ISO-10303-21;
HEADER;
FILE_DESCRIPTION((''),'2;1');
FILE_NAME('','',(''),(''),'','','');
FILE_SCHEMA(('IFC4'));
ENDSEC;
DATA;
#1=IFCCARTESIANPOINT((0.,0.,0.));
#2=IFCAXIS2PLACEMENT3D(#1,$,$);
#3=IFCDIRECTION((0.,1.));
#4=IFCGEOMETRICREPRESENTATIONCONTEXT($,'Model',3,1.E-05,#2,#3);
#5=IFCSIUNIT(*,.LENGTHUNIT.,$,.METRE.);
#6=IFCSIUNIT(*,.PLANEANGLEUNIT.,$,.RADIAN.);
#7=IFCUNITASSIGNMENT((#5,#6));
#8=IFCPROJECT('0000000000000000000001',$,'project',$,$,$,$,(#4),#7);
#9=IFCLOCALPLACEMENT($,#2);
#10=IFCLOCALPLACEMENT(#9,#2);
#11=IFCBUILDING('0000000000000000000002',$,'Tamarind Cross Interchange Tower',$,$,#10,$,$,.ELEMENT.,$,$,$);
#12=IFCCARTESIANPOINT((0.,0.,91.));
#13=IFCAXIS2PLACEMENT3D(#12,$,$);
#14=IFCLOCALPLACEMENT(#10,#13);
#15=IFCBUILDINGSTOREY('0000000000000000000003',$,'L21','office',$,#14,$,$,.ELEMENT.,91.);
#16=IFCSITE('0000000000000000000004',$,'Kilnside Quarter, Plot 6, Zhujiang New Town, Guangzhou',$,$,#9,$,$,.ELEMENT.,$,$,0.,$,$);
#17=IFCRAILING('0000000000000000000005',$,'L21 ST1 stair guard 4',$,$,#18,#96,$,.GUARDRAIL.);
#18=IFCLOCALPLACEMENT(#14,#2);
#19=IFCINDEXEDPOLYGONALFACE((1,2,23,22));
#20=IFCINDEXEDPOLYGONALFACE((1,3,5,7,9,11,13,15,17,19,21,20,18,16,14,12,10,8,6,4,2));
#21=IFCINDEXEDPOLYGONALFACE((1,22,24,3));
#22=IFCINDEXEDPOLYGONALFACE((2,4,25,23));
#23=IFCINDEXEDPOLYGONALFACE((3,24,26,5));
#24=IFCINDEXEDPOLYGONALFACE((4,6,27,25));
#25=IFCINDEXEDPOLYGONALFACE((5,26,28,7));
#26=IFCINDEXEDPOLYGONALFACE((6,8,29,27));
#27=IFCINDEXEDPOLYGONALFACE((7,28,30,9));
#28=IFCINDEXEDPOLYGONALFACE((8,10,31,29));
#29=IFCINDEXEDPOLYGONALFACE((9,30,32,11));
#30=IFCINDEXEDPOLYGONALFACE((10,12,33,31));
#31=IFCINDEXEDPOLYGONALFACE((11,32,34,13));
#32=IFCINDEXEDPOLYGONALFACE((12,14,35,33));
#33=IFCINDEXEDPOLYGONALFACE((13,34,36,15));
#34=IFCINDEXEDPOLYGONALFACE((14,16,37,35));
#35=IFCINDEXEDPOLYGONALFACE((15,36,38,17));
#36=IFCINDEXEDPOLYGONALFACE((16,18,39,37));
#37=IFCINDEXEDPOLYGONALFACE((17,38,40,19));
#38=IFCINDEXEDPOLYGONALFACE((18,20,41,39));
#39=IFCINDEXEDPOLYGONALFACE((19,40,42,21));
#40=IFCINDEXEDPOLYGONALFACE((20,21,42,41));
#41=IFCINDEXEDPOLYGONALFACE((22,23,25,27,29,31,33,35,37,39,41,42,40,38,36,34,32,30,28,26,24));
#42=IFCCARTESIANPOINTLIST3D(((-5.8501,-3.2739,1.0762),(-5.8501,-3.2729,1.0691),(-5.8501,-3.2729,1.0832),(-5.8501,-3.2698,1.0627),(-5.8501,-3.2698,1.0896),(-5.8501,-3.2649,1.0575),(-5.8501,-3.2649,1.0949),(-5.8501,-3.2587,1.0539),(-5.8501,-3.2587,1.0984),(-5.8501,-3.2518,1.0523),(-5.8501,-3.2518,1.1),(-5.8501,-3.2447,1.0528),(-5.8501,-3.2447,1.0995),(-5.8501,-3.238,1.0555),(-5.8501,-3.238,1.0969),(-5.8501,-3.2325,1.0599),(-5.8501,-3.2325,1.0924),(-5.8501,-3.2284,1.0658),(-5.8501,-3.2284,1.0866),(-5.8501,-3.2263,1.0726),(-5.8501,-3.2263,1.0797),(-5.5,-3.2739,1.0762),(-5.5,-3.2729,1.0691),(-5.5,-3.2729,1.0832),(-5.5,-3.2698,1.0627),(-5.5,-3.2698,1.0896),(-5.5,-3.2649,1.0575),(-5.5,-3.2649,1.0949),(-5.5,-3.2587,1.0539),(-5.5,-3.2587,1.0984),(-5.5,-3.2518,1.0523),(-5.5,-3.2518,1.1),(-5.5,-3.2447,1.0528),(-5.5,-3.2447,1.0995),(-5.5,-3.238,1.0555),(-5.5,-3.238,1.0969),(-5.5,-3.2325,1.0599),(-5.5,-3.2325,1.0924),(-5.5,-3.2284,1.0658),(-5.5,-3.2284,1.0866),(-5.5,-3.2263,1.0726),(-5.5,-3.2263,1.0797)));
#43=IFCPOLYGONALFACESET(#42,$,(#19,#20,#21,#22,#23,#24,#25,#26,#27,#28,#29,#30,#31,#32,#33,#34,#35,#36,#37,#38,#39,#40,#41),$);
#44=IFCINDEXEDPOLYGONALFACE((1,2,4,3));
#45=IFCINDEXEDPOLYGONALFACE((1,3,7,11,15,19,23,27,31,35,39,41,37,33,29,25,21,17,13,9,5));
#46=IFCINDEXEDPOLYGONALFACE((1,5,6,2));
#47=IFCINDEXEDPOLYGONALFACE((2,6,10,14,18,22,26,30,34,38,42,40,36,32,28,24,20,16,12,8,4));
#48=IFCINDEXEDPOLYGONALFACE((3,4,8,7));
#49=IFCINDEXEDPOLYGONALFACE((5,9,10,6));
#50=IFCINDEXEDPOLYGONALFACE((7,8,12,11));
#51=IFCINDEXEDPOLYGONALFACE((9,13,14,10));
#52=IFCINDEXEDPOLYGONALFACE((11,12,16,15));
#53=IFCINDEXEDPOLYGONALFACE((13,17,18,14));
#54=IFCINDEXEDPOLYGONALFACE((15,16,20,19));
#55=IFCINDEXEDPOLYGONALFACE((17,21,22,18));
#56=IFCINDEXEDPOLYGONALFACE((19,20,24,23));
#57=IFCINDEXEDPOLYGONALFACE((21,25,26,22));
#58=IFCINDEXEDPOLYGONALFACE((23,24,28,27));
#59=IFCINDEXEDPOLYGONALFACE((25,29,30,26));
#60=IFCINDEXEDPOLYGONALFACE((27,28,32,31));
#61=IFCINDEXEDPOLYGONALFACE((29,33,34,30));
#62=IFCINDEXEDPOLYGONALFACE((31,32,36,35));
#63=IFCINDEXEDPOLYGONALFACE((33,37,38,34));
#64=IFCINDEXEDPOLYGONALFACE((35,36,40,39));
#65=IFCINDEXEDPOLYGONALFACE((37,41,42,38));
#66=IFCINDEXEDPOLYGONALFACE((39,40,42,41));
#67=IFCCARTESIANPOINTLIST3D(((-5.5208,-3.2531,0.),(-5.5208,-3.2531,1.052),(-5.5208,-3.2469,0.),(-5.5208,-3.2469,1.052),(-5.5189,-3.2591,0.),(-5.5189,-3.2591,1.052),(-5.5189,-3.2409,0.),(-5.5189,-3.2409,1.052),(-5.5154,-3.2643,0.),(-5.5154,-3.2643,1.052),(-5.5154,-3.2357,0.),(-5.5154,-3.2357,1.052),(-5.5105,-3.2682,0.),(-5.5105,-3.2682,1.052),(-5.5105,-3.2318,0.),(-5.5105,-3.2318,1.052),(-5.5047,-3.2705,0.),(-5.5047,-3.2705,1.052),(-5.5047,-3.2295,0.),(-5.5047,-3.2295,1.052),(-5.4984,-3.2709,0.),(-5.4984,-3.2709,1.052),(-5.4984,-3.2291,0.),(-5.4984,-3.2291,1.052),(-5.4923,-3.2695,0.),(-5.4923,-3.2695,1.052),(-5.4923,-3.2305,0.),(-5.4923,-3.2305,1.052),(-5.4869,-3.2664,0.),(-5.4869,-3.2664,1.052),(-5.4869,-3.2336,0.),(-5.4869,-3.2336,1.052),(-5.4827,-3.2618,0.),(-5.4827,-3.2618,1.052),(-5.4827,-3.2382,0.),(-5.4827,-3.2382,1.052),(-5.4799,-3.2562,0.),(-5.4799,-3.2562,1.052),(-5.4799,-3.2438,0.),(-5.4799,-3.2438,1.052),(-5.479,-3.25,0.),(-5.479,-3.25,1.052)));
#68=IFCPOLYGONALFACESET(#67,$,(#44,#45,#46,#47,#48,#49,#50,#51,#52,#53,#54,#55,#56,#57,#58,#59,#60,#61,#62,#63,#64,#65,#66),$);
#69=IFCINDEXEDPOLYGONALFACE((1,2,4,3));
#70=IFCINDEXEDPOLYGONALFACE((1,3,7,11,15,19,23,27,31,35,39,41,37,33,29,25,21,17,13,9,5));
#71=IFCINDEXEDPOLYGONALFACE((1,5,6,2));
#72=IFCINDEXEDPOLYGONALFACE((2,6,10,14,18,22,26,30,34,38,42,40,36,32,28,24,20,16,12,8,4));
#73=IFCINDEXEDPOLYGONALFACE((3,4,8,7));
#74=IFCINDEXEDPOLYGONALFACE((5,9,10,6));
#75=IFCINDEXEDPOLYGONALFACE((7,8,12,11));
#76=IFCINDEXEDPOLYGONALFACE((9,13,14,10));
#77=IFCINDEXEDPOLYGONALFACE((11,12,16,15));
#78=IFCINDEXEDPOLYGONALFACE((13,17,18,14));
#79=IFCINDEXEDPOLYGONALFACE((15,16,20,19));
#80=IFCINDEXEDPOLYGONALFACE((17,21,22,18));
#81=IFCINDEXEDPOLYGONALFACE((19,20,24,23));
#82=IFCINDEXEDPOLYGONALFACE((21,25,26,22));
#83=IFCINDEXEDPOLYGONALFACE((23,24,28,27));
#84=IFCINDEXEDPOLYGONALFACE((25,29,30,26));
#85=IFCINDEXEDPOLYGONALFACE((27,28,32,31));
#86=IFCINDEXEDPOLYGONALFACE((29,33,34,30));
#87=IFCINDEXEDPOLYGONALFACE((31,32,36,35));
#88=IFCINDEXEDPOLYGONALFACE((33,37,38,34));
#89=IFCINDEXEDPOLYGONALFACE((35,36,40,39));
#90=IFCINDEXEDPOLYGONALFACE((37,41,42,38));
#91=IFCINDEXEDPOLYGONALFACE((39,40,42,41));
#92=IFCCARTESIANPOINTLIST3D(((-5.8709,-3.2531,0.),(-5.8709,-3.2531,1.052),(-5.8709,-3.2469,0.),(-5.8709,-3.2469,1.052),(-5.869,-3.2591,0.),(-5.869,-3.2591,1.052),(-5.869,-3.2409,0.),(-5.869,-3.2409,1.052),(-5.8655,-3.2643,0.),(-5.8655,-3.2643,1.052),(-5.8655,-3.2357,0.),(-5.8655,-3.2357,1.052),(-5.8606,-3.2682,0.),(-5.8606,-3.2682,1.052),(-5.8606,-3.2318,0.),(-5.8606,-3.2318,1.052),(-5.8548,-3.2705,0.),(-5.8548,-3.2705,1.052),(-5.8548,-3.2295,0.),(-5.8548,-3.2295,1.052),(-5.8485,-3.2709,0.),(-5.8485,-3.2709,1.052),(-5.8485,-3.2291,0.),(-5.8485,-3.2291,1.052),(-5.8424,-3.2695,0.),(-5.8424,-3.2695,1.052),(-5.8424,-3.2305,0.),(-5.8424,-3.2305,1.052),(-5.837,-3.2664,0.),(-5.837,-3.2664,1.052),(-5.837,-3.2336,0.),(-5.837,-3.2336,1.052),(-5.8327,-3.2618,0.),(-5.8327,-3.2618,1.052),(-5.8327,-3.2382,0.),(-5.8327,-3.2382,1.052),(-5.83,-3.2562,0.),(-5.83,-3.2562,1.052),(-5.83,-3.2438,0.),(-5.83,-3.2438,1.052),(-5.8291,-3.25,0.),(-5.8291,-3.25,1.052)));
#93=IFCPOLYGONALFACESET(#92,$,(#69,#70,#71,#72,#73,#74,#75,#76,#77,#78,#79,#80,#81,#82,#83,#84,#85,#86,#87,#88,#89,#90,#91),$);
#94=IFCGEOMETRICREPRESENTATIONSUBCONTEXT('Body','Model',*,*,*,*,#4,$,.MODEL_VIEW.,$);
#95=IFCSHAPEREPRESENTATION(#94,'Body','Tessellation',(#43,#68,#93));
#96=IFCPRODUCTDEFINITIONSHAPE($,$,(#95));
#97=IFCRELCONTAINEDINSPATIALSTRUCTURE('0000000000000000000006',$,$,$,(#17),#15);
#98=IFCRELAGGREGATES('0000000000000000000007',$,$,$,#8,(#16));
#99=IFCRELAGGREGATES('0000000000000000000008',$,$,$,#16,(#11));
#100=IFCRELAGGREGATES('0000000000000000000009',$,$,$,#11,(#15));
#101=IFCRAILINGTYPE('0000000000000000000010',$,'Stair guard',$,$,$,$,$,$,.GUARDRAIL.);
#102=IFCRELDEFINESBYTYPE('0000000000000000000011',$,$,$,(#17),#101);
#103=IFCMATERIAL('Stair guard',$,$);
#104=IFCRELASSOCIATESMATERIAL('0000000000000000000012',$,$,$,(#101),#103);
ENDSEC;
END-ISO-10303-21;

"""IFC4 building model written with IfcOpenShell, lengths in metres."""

from ifc_helpers import new_model, si_unit, direction, frame, origin, origin_2d, place, context, subcontext, project, spatial, circle, extrude, material, type_object, element, save


model = new_model("IFC4")

# Units and contexts
model_context = context("Model", 3, precision=1e-05, world=origin(), true_north=direction((0.0, 1.0)))
body_context = subcontext(model_context, "Body", "Model", "MODEL_VIEW")
ifc_project = project(units=[si_unit("LENGTHUNIT", "METRE"), si_unit("PLANEANGLEUNIT", "RADIAN")], contexts=[model_context])

# Site, building, storey
site_placement = place(None, origin())
site = spatial("IfcSite", under=ifc_project, at=site_placement, Name="Kilnside Quarter, Plot 6, Zhujiang New Town, Guangzhou", CompositionType="ELEMENT", RefElevation=0.0)
building_placement = place(site_placement, origin())
building = spatial("IfcBuilding", under=site, at=building_placement, Name="Tamarind Cross Interchange Tower", CompositionType="ELEMENT")
storey_placement = place(building_placement, frame((0.0, 0.0, 91.0)))
storey = spatial("IfcBuildingStorey", under=building, at=storey_placement, Name="L21", Description="office", CompositionType="ELEMENT", Elevation=91.0)

# Railing
ifc_material_1 = material(Name="Stair guard")
railing_type_1 = type_object("IfcRailingType", Name="Stair guard", PredefinedType="GUARDRAIL", material=ifc_material_1)
railing_1_placement = place(storey_placement, frame((-5.5, -3.25, 0.0)))
element("IfcRailing", 1, at=railing_1_placement, inside=storey, type_object=railing_type_1, Name="L21 ST1 stair guard 4", PredefinedType="GUARDRAIL", context=body_context, shape_type="SweptSolid", body=[
    extrude(circle(Radius=0.0239, at=origin_2d()), frame((0.0, 0.0, 1.0762), z_axis=(-1.0, 0.0, 0.0), x_axis=(0.0, -1.0, 0.0)), (0.0, 0.0, 1.0), 0.3501),
    extrude(circle(Radius=0.021, at=origin_2d()), origin(), (0.0, 0.0, 1.0), 1.052),
    extrude(circle(Radius=0.021, at=origin_2d()), frame((-0.3501, 0.0, 0.0)), (0.0, 0.0, 1.0), 1.052),
])

save(model, "model.ifc")
